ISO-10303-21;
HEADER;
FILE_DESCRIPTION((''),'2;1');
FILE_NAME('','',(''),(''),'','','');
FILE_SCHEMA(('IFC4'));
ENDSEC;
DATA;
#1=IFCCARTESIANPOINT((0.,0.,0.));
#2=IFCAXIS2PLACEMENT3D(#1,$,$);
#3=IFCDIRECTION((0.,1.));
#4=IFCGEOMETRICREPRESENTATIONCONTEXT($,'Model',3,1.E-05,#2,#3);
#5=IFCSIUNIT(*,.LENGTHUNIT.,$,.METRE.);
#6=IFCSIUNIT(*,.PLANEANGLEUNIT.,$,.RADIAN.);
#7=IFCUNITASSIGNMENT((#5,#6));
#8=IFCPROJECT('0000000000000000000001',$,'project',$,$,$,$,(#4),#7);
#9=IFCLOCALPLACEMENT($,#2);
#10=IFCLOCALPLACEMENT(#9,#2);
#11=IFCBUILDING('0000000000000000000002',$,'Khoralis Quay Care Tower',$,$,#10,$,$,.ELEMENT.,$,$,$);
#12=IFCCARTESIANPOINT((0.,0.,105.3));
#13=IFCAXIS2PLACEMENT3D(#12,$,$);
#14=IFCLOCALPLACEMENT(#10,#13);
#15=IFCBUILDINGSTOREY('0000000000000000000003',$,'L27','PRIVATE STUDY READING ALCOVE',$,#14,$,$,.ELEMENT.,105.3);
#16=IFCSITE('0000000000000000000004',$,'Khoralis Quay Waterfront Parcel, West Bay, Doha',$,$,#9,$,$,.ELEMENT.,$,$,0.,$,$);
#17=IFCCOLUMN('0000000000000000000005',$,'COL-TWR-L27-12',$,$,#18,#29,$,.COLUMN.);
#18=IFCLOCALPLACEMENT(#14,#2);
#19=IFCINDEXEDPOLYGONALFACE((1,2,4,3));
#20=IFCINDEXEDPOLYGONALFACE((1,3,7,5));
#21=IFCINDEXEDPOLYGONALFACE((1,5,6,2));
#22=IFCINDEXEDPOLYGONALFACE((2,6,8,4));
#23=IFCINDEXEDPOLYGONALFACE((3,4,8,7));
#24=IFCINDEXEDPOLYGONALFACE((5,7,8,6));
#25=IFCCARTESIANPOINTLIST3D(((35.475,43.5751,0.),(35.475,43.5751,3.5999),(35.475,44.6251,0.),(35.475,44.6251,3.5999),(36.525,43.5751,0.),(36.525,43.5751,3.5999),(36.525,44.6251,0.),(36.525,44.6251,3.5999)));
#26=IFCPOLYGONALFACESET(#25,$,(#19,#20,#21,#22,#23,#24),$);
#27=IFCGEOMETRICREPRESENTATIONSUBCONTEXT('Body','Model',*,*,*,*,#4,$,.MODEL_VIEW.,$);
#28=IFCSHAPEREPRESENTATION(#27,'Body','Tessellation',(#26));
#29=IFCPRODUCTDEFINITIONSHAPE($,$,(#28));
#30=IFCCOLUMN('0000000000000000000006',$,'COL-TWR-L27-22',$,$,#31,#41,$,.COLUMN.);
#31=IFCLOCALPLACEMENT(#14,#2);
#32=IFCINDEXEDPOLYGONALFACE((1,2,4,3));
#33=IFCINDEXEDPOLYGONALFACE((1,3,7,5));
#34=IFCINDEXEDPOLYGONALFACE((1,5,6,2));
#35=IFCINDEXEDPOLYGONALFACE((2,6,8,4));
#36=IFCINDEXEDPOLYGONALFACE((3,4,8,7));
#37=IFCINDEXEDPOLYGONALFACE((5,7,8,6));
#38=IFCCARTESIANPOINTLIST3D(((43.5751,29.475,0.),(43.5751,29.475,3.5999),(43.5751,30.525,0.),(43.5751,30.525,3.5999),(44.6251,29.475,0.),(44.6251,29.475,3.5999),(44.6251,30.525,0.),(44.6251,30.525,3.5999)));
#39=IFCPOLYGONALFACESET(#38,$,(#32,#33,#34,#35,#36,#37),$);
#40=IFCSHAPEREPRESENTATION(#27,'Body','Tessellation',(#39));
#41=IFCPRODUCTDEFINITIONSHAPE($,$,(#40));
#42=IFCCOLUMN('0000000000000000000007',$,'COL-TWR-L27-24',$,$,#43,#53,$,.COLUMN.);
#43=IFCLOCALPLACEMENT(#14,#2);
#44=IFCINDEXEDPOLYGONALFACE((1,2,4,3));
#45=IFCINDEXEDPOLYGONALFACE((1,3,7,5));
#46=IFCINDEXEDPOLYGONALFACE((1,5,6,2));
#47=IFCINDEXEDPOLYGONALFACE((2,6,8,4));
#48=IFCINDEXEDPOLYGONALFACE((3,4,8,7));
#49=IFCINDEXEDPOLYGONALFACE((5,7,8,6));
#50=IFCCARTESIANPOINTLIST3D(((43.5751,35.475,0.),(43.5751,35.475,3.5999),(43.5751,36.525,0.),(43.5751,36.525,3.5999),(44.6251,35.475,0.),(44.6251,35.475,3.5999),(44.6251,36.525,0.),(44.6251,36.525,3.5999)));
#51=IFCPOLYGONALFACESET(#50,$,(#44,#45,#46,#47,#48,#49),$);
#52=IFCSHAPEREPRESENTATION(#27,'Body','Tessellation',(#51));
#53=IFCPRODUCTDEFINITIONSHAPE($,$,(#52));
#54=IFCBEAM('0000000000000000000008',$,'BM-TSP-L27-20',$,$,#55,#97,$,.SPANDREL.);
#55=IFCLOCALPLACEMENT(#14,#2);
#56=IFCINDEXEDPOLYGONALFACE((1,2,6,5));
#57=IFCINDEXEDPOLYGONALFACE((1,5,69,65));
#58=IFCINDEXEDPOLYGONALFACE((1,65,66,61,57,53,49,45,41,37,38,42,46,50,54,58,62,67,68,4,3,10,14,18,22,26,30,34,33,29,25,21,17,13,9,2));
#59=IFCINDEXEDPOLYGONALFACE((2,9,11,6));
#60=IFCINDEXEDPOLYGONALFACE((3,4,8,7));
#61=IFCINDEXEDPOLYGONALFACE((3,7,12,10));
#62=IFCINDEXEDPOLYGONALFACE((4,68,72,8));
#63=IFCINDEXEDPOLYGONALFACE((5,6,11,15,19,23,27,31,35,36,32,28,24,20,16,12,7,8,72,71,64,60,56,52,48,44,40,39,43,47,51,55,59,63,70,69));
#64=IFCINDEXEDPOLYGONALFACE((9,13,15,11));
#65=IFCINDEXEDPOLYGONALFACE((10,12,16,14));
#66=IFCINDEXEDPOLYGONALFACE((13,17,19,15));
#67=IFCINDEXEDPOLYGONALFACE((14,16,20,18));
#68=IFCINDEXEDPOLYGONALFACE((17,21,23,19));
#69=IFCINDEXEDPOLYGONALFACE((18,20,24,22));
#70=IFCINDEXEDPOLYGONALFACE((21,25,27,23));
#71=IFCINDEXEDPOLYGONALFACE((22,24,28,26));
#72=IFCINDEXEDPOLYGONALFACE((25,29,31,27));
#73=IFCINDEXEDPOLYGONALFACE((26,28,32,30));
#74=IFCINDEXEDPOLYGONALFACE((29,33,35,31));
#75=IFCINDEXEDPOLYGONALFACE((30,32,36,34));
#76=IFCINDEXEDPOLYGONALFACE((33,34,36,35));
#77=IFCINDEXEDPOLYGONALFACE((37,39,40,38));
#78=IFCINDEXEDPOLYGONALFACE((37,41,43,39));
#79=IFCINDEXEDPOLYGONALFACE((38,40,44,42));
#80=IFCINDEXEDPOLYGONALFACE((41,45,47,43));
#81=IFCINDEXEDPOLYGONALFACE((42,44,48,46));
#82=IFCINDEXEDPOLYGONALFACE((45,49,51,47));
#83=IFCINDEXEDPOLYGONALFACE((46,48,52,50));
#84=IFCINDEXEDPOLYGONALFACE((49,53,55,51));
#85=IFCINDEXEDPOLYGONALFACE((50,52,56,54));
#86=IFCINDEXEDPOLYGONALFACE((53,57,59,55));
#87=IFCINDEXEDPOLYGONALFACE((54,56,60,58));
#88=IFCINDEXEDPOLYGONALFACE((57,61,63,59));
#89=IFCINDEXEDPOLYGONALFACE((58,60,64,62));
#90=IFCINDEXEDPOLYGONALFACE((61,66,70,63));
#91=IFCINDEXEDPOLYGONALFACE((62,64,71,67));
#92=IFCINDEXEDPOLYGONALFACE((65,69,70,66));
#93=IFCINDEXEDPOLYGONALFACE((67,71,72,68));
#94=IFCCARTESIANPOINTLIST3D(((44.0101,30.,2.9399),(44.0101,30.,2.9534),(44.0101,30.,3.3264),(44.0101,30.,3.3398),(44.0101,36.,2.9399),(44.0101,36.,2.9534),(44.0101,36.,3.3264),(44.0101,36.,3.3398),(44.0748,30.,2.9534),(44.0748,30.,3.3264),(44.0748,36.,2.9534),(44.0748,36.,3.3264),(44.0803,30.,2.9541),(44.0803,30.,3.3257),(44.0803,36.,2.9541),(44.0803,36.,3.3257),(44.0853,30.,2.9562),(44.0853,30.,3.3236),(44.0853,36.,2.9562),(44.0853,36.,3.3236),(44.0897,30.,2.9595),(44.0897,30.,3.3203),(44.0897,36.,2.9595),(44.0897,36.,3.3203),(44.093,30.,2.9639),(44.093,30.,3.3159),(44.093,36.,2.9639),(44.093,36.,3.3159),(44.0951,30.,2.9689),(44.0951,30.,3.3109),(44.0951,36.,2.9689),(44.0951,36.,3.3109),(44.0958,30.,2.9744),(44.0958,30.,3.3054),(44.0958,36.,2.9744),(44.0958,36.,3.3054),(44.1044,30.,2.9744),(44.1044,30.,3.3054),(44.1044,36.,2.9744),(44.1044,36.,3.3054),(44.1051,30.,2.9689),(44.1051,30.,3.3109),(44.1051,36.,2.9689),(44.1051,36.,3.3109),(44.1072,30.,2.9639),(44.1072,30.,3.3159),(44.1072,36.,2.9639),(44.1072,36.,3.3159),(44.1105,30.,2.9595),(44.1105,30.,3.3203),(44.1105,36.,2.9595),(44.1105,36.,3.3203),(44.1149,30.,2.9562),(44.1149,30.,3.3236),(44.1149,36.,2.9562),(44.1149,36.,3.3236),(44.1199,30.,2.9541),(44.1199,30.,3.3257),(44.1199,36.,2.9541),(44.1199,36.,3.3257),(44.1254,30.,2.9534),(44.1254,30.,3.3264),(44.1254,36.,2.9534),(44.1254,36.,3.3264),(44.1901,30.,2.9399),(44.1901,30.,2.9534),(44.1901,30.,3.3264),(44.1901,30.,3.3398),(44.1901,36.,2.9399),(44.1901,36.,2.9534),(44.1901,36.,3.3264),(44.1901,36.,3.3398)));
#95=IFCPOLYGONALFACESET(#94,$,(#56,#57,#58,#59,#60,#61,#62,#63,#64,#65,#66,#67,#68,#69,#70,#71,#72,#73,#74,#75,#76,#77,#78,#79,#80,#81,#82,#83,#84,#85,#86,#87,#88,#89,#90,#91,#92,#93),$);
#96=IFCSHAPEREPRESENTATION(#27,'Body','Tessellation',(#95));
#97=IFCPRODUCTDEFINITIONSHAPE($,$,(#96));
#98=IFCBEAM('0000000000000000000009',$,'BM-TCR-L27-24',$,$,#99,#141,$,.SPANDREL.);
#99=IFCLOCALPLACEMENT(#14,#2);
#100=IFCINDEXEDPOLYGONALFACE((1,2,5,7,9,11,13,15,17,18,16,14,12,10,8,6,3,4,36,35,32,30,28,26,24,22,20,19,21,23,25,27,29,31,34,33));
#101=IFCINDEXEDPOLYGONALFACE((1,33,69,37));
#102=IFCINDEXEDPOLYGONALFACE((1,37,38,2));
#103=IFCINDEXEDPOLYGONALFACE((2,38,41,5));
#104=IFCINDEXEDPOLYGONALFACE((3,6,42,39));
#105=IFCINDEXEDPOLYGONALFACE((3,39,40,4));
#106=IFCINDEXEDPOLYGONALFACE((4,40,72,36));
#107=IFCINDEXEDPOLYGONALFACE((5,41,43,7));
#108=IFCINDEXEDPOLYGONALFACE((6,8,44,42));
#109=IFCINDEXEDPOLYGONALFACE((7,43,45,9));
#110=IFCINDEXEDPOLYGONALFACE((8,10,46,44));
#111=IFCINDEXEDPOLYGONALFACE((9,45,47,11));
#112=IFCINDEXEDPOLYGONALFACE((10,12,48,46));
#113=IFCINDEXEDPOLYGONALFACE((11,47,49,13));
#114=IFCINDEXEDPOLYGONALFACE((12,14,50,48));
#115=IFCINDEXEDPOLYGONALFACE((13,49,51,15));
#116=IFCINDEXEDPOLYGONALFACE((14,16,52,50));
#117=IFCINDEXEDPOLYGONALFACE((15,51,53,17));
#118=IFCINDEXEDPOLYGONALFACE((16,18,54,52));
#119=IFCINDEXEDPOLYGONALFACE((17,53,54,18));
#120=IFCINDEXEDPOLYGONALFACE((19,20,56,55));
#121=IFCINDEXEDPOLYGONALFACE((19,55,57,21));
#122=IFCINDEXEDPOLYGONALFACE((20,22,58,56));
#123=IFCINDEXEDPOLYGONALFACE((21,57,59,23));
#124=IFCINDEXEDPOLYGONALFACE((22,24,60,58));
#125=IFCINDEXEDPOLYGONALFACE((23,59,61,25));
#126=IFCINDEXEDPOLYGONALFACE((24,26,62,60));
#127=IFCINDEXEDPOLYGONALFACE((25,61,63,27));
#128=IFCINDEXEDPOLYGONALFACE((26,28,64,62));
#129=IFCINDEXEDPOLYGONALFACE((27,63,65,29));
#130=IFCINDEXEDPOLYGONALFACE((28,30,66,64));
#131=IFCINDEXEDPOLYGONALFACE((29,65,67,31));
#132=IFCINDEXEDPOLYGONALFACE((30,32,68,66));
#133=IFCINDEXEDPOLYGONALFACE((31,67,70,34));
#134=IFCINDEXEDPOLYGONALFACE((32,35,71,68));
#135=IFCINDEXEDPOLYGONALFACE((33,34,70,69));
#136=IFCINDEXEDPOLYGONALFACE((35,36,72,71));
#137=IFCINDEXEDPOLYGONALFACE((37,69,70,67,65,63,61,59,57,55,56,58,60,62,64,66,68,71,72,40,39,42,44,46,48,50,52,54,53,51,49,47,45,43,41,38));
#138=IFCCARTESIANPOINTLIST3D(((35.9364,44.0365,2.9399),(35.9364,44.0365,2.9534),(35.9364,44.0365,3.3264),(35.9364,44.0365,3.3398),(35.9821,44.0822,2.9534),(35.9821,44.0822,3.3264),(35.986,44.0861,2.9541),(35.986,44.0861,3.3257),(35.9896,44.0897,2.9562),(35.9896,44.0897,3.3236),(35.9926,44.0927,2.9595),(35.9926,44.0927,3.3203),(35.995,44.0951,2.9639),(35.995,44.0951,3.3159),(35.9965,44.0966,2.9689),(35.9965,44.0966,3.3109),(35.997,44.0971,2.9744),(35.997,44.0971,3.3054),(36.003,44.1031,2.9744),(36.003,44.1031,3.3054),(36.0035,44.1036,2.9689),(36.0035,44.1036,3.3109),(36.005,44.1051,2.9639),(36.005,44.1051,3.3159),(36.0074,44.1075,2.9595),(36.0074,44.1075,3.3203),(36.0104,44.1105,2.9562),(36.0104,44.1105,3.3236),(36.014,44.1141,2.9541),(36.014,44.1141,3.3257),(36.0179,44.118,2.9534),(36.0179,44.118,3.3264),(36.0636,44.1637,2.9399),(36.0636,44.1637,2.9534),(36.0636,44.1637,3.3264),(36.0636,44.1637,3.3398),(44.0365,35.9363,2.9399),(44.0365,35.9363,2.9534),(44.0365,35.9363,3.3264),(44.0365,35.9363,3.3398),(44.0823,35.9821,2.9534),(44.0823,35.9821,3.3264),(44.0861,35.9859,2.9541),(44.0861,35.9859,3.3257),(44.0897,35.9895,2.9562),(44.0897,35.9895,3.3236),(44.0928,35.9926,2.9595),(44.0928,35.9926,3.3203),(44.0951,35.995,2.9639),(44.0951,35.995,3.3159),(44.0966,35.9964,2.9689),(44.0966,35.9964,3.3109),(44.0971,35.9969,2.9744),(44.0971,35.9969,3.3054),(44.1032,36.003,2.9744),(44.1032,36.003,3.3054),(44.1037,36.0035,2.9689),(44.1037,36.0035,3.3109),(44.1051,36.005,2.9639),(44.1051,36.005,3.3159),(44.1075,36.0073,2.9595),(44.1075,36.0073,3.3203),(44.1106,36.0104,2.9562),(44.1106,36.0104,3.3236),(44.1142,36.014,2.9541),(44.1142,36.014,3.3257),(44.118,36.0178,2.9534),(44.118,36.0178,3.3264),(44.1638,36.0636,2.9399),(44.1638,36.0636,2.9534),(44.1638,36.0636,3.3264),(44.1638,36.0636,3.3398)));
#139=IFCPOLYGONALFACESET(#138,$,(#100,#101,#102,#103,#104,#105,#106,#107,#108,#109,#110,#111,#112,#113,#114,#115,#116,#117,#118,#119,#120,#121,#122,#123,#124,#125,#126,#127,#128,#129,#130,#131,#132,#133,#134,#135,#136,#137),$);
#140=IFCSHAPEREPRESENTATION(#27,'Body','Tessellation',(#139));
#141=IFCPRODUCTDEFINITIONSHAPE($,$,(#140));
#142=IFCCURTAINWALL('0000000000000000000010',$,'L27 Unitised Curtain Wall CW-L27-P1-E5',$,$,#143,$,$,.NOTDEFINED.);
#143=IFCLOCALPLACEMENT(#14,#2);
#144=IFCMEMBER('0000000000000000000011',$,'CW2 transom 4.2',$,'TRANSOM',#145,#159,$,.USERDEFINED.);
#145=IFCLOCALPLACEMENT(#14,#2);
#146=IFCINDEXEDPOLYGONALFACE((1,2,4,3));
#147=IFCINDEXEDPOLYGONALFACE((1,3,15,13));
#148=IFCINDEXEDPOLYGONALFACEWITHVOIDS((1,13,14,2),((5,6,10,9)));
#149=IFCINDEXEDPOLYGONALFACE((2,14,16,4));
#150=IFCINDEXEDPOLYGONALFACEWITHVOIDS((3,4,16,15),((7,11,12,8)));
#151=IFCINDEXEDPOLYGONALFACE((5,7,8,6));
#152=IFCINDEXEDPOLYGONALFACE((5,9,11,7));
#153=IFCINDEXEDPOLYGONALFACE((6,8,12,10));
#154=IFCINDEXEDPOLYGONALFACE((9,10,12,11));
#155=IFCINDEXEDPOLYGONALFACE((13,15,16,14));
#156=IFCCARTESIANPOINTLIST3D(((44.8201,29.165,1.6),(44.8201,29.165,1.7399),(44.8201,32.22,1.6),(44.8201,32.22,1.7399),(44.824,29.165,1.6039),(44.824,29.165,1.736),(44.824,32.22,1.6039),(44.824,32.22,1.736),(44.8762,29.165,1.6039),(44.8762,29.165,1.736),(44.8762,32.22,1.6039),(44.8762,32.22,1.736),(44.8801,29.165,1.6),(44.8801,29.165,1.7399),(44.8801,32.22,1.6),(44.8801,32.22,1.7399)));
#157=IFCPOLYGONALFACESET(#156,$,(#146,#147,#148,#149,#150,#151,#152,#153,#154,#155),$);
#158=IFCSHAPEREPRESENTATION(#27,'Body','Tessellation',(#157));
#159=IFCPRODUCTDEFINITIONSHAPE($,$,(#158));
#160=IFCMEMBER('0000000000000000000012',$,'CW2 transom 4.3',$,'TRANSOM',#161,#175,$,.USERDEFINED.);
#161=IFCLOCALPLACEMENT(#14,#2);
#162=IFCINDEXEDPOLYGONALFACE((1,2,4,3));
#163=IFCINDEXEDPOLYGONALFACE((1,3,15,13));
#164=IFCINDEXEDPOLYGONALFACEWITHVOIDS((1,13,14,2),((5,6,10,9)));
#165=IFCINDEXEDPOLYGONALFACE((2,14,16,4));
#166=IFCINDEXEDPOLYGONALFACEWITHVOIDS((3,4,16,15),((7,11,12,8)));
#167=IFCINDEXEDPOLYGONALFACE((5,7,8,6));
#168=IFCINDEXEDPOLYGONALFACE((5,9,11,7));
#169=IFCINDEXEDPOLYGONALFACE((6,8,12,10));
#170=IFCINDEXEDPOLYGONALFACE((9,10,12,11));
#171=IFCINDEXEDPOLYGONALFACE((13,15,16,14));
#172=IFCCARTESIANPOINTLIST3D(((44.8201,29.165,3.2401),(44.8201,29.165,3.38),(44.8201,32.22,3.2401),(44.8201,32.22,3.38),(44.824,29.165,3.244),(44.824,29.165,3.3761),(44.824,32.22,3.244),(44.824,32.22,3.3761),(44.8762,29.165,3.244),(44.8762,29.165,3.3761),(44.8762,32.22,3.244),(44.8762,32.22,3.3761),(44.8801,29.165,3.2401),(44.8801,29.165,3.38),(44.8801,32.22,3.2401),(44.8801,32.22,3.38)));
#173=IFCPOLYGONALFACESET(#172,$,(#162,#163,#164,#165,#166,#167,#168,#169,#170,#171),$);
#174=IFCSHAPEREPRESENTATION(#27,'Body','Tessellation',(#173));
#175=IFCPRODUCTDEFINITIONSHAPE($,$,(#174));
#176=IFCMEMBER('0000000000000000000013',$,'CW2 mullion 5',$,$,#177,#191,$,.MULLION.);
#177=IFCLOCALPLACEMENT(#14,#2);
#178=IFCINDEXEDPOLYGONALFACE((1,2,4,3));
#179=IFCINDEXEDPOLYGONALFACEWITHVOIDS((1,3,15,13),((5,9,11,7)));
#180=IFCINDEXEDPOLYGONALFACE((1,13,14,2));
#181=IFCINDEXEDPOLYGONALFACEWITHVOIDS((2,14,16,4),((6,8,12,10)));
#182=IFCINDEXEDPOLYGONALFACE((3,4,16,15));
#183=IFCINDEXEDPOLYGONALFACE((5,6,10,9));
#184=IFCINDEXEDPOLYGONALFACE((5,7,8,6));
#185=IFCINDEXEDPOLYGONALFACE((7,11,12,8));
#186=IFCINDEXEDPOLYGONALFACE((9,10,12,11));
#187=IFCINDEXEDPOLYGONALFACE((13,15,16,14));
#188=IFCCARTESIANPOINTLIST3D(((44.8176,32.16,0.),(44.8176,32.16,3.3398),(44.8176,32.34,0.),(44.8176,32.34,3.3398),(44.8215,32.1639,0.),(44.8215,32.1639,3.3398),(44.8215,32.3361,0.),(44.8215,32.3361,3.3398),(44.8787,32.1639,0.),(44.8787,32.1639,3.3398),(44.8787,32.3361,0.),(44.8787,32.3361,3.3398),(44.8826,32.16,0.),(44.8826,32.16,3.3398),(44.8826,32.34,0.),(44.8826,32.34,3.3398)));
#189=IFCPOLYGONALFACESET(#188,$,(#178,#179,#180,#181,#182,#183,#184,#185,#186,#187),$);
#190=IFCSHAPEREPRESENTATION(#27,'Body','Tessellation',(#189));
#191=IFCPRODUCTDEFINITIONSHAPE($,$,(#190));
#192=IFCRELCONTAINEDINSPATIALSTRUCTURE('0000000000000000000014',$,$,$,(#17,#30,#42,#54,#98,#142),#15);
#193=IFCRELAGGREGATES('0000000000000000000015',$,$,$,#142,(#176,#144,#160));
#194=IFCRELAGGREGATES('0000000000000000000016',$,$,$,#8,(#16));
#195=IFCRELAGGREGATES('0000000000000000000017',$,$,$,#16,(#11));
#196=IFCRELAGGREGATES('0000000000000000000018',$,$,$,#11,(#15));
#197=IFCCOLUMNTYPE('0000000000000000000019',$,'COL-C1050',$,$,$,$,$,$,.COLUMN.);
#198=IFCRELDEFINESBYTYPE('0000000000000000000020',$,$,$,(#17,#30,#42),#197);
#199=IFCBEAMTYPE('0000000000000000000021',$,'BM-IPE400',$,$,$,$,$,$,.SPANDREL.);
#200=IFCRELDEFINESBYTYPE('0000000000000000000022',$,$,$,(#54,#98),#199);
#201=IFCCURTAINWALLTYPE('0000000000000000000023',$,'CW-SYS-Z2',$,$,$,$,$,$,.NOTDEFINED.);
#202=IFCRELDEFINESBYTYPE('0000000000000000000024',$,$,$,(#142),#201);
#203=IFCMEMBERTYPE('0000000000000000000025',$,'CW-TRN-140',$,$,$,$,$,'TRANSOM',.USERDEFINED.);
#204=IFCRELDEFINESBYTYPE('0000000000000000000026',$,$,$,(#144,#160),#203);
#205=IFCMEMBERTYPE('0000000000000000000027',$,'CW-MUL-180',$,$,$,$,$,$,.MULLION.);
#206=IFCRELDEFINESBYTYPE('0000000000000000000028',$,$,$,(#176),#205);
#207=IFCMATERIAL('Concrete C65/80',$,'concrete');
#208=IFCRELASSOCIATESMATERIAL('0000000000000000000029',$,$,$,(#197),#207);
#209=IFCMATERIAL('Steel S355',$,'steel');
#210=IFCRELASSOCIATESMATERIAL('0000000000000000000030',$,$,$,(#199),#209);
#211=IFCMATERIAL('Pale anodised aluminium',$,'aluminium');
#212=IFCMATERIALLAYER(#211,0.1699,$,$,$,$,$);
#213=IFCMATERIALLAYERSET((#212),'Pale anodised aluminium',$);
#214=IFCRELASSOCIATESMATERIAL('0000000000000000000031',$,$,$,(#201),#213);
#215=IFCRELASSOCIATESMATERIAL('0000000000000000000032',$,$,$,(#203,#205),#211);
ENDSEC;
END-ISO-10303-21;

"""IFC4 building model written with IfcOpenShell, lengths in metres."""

from ifc_helpers import new_model, si_unit, direction, frame, origin, origin_2d, place, context, subcontext, project, spatial, rectangle, hollow_rectangle, i_section, extrude, source, transform, mapped, material, layer, layer_set, material_profile, profile_set, type_object, element, aggregate, save


model = new_model("IFC4")

# Units and contexts
model_context = context("Model", 3, precision=1e-05, world=origin(), true_north=direction((0.0, 1.0)))
body_context = subcontext(model_context, "Body", "Model", "MODEL_VIEW")
ifc_project = project(units=[si_unit("LENGTHUNIT", "METRE"), si_unit("PLANEANGLEUNIT", "RADIAN")], contexts=[model_context])

# Site, building, storey
site_placement = place(None, origin())
site = spatial("IfcSite", under=ifc_project, at=site_placement, Name="Khoralis Quay Waterfront Parcel, West Bay, Doha", CompositionType="ELEMENT", RefElevation=0.0)
building_placement = place(site_placement, origin())
building = spatial("IfcBuilding", under=site, at=building_placement, Name="Khoralis Quay Care Tower", CompositionType="ELEMENT")
storey_placement = place(building_placement, frame((0.0, 0.0, 105.3)))
storey = spatial("IfcBuildingStorey", under=building, at=storey_placement, Name="L27", Description="PRIVATE STUDY READING ALCOVE", CompositionType="ELEMENT", Elevation=105.3)

# Columns
ifc_material_1 = material(Name="Concrete C65/80", Category="concrete")
ifc_material_profile_1 = material_profile(ifc_material_1, rectangle(XDim=1.05, YDim=1.05, at=origin_2d()), Name="Concrete C65/80")
ifc_profile_set_1 = profile_set([ifc_material_profile_1], Name="Concrete C65/80")
column_type = type_object("IfcColumnType", Name="COL-C1050", PredefinedType="COLUMN", material=ifc_profile_set_1)
shared_shape_1 = source(origin(), body_context, "Body", "SweptSolid", [
    extrude(rectangle(XDim=1.05, YDim=1.05, at=origin_2d()), origin(), (0.0, 0.0, 1.0), 3.5999),
])
for number, where, z_axis, x_axis, name in (
    (1, (36.0, 44.1001, 0.0), (0.0, 0.0, 1.0), (1.0, 0.0, 0.0), "COL-TWR-L27-12"),
    (2, (44.1001, 30.0, 0.0), (0.0, 0.0, 1.0), (1.0, 0.0, 0.0), "COL-TWR-L27-22"),
    (3, (44.1001, 36.0, 0.0), (0.0, 0.0, 1.0), (1.0, 0.0, 0.0), "COL-TWR-L27-24"),
):
    element("IfcColumn", number, at=place(storey_placement, frame(where, z_axis=z_axis, x_axis=x_axis)), inside=storey, type_object=column_type, Name=name, PredefinedType="COLUMN", context=body_context, shape_type="MappedRepresentation", body=[
        mapped(shared_shape_1, transform((0.0, 0.0, 0.0), scale=1.0)),
    ])

# Beams
ifc_material_2 = material(Name="Steel S355", Category="steel")
ifc_material_profile_2 = material_profile(ifc_material_2, i_section(OverallWidth=0.1799, OverallDepth=0.3999, WebThickness=0.0085, FlangeThickness=0.0134, FilletRadius=0.021, at=origin_2d()), Name="Steel S355")
ifc_profile_set_2 = profile_set([ifc_material_profile_2], Name="Steel S355")
beam_type = type_object("IfcBeamType", Name="BM-IPE400", PredefinedType="SPANDREL", material=ifc_profile_set_2)
shared_shape_2 = source(origin(), body_context, "Body", "SweptSolid", [
    extrude(i_section(OverallWidth=0.1799, OverallDepth=0.3999, WebThickness=0.0085, FlangeThickness=0.0134, FilletRadius=0.021, at=origin_2d()), origin(), (0.0, 0.0, 1.0), 6.0),
])
beam_1_placement = place(storey_placement, frame((44.1001, 30.0, 3.1399), z_axis=(0.0, 1.0, 0.0), x_axis=(-1.0, 0.0, 0.0)))
element("IfcBeam", 4, at=beam_1_placement, inside=storey, type_object=beam_type, Name="BM-TSP-L27-20", PredefinedType="SPANDREL", context=body_context, shape_type="MappedRepresentation", body=[
    mapped(shared_shape_2, transform((0.0, 0.0, 0.0), scale=1.0)),
])
shared_shape_3 = source(origin(), body_context, "Body", "SweptSolid", [
    extrude(i_section(OverallWidth=0.1799, OverallDepth=0.3999, WebThickness=0.0085, FlangeThickness=0.0134, FilletRadius=0.021, at=origin_2d()), origin(), (0.0, 0.0, 1.0), 11.4553),
])
beam_2_placement = place(storey_placement, frame((36.0, 44.1001, 3.1399), z_axis=(0.707107, -0.707107, 0.0), x_axis=(0.707107, 0.707107, 0.0)))
element("IfcBeam", 5, at=beam_2_placement, inside=storey, type_object=beam_type, Name="BM-TCR-L27-24", PredefinedType="SPANDREL", context=body_context, shape_type="MappedRepresentation", body=[
    mapped(shared_shape_3, transform((0.0, 0.0, 0.0), scale=1.0)),
])

# Curtain wall, members
ifc_material_3 = material(Name="Pale anodised aluminium", Category="aluminium")
ifc_layer_1 = layer(ifc_material_3, 0.1699)
ifc_layer_set_1 = layer_set([ifc_layer_1], Name="Pale anodised aluminium")
curtain_wall_type = type_object("IfcCurtainWallType", Name="CW-SYS-Z2", PredefinedType="NOTDEFINED", material=ifc_layer_set_1)
curtain_wall_placement = place(storey_placement, origin())
curtain_wall = element("IfcCurtainWall", 6, at=curtain_wall_placement, inside=storey, type_object=curtain_wall_type, Name="L27 Unitised Curtain Wall CW-L27-P1-E5", PredefinedType="NOTDEFINED")
ifc_material_profile_3 = material_profile(ifc_material_3, hollow_rectangle(XDim=0.0601, YDim=0.1399, WallThickness=0.0039, at=origin_2d()), Name="Pale anodised aluminium")
ifc_profile_set_3 = profile_set([ifc_material_profile_3], Name="Pale anodised aluminium")
member_type_1 = type_object("IfcMemberType", Name="CW-TRN-140", ElementType="TRANSOM", PredefinedType="USERDEFINED", material=ifc_profile_set_3)
shared_shape_4 = source(origin(), body_context, "Body", "SweptSolid", [
    extrude(hollow_rectangle(XDim=0.0601, YDim=0.1399, WallThickness=0.0039, at=origin_2d()), origin(), (0.0, 0.0, 1.0), 3.0549),
])
member_1_placement = place(storey_placement, frame((44.8501, 29.165, 1.6699), z_axis=(0.0, 1.0, 0.0), x_axis=(-1.0, 0.0, 0.0)))
member_1 = element("IfcMember", 7, at=member_1_placement, type_object=member_type_1, Name="CW2 transom 4.2", ObjectType="TRANSOM", PredefinedType="USERDEFINED", context=body_context, shape_type="MappedRepresentation", body=[
    mapped(shared_shape_4, transform((0.0, 0.0, 0.0), scale=1.0)),
])
member_2_placement = place(storey_placement, frame((44.8501, 29.165, 3.3101), z_axis=(0.0, 1.0, 0.0), x_axis=(-1.0, 0.0, 0.0)))
member_2 = element("IfcMember", 8, at=member_2_placement, type_object=member_type_1, Name="CW2 transom 4.3", ObjectType="TRANSOM", PredefinedType="USERDEFINED", context=body_context, shape_type="MappedRepresentation", body=[
    mapped(shared_shape_4, transform((0.0, 0.0, 0.0), scale=1.0)),
])
ifc_material_profile_4 = material_profile(ifc_material_3, hollow_rectangle(XDim=0.0649, YDim=0.1799, WallThickness=0.0039, at=origin_2d()), Name="Pale anodised aluminium")
ifc_profile_set_4 = profile_set([ifc_material_profile_4], Name="Pale anodised aluminium")
member_type_2 = type_object("IfcMemberType", Name="CW-MUL-180", PredefinedType="MULLION", material=ifc_profile_set_4)
shared_shape_5 = source(origin(), body_context, "Body", "SweptSolid", [
    extrude(hollow_rectangle(XDim=0.0649, YDim=0.1799, WallThickness=0.0039, at=origin_2d()), origin(), (0.0, 0.0, 1.0), 3.3398),
])
member_3_placement = place(storey_placement, frame((44.8501, 32.25, 0.0), z_axis=(0.0, 0.0, 1.0), x_axis=(-1.0, 0.0, 0.0)))
member_3 = element("IfcMember", 9, at=member_3_placement, type_object=member_type_2, Name="CW2 mullion 5", PredefinedType="MULLION", context=body_context, shape_type="MappedRepresentation", body=[
    mapped(shared_shape_5, transform((0.0, 0.0, 0.0), scale=1.0)),
])
aggregate(curtain_wall, [member_3, member_1, member_2])

save(model, "model.ifc")
